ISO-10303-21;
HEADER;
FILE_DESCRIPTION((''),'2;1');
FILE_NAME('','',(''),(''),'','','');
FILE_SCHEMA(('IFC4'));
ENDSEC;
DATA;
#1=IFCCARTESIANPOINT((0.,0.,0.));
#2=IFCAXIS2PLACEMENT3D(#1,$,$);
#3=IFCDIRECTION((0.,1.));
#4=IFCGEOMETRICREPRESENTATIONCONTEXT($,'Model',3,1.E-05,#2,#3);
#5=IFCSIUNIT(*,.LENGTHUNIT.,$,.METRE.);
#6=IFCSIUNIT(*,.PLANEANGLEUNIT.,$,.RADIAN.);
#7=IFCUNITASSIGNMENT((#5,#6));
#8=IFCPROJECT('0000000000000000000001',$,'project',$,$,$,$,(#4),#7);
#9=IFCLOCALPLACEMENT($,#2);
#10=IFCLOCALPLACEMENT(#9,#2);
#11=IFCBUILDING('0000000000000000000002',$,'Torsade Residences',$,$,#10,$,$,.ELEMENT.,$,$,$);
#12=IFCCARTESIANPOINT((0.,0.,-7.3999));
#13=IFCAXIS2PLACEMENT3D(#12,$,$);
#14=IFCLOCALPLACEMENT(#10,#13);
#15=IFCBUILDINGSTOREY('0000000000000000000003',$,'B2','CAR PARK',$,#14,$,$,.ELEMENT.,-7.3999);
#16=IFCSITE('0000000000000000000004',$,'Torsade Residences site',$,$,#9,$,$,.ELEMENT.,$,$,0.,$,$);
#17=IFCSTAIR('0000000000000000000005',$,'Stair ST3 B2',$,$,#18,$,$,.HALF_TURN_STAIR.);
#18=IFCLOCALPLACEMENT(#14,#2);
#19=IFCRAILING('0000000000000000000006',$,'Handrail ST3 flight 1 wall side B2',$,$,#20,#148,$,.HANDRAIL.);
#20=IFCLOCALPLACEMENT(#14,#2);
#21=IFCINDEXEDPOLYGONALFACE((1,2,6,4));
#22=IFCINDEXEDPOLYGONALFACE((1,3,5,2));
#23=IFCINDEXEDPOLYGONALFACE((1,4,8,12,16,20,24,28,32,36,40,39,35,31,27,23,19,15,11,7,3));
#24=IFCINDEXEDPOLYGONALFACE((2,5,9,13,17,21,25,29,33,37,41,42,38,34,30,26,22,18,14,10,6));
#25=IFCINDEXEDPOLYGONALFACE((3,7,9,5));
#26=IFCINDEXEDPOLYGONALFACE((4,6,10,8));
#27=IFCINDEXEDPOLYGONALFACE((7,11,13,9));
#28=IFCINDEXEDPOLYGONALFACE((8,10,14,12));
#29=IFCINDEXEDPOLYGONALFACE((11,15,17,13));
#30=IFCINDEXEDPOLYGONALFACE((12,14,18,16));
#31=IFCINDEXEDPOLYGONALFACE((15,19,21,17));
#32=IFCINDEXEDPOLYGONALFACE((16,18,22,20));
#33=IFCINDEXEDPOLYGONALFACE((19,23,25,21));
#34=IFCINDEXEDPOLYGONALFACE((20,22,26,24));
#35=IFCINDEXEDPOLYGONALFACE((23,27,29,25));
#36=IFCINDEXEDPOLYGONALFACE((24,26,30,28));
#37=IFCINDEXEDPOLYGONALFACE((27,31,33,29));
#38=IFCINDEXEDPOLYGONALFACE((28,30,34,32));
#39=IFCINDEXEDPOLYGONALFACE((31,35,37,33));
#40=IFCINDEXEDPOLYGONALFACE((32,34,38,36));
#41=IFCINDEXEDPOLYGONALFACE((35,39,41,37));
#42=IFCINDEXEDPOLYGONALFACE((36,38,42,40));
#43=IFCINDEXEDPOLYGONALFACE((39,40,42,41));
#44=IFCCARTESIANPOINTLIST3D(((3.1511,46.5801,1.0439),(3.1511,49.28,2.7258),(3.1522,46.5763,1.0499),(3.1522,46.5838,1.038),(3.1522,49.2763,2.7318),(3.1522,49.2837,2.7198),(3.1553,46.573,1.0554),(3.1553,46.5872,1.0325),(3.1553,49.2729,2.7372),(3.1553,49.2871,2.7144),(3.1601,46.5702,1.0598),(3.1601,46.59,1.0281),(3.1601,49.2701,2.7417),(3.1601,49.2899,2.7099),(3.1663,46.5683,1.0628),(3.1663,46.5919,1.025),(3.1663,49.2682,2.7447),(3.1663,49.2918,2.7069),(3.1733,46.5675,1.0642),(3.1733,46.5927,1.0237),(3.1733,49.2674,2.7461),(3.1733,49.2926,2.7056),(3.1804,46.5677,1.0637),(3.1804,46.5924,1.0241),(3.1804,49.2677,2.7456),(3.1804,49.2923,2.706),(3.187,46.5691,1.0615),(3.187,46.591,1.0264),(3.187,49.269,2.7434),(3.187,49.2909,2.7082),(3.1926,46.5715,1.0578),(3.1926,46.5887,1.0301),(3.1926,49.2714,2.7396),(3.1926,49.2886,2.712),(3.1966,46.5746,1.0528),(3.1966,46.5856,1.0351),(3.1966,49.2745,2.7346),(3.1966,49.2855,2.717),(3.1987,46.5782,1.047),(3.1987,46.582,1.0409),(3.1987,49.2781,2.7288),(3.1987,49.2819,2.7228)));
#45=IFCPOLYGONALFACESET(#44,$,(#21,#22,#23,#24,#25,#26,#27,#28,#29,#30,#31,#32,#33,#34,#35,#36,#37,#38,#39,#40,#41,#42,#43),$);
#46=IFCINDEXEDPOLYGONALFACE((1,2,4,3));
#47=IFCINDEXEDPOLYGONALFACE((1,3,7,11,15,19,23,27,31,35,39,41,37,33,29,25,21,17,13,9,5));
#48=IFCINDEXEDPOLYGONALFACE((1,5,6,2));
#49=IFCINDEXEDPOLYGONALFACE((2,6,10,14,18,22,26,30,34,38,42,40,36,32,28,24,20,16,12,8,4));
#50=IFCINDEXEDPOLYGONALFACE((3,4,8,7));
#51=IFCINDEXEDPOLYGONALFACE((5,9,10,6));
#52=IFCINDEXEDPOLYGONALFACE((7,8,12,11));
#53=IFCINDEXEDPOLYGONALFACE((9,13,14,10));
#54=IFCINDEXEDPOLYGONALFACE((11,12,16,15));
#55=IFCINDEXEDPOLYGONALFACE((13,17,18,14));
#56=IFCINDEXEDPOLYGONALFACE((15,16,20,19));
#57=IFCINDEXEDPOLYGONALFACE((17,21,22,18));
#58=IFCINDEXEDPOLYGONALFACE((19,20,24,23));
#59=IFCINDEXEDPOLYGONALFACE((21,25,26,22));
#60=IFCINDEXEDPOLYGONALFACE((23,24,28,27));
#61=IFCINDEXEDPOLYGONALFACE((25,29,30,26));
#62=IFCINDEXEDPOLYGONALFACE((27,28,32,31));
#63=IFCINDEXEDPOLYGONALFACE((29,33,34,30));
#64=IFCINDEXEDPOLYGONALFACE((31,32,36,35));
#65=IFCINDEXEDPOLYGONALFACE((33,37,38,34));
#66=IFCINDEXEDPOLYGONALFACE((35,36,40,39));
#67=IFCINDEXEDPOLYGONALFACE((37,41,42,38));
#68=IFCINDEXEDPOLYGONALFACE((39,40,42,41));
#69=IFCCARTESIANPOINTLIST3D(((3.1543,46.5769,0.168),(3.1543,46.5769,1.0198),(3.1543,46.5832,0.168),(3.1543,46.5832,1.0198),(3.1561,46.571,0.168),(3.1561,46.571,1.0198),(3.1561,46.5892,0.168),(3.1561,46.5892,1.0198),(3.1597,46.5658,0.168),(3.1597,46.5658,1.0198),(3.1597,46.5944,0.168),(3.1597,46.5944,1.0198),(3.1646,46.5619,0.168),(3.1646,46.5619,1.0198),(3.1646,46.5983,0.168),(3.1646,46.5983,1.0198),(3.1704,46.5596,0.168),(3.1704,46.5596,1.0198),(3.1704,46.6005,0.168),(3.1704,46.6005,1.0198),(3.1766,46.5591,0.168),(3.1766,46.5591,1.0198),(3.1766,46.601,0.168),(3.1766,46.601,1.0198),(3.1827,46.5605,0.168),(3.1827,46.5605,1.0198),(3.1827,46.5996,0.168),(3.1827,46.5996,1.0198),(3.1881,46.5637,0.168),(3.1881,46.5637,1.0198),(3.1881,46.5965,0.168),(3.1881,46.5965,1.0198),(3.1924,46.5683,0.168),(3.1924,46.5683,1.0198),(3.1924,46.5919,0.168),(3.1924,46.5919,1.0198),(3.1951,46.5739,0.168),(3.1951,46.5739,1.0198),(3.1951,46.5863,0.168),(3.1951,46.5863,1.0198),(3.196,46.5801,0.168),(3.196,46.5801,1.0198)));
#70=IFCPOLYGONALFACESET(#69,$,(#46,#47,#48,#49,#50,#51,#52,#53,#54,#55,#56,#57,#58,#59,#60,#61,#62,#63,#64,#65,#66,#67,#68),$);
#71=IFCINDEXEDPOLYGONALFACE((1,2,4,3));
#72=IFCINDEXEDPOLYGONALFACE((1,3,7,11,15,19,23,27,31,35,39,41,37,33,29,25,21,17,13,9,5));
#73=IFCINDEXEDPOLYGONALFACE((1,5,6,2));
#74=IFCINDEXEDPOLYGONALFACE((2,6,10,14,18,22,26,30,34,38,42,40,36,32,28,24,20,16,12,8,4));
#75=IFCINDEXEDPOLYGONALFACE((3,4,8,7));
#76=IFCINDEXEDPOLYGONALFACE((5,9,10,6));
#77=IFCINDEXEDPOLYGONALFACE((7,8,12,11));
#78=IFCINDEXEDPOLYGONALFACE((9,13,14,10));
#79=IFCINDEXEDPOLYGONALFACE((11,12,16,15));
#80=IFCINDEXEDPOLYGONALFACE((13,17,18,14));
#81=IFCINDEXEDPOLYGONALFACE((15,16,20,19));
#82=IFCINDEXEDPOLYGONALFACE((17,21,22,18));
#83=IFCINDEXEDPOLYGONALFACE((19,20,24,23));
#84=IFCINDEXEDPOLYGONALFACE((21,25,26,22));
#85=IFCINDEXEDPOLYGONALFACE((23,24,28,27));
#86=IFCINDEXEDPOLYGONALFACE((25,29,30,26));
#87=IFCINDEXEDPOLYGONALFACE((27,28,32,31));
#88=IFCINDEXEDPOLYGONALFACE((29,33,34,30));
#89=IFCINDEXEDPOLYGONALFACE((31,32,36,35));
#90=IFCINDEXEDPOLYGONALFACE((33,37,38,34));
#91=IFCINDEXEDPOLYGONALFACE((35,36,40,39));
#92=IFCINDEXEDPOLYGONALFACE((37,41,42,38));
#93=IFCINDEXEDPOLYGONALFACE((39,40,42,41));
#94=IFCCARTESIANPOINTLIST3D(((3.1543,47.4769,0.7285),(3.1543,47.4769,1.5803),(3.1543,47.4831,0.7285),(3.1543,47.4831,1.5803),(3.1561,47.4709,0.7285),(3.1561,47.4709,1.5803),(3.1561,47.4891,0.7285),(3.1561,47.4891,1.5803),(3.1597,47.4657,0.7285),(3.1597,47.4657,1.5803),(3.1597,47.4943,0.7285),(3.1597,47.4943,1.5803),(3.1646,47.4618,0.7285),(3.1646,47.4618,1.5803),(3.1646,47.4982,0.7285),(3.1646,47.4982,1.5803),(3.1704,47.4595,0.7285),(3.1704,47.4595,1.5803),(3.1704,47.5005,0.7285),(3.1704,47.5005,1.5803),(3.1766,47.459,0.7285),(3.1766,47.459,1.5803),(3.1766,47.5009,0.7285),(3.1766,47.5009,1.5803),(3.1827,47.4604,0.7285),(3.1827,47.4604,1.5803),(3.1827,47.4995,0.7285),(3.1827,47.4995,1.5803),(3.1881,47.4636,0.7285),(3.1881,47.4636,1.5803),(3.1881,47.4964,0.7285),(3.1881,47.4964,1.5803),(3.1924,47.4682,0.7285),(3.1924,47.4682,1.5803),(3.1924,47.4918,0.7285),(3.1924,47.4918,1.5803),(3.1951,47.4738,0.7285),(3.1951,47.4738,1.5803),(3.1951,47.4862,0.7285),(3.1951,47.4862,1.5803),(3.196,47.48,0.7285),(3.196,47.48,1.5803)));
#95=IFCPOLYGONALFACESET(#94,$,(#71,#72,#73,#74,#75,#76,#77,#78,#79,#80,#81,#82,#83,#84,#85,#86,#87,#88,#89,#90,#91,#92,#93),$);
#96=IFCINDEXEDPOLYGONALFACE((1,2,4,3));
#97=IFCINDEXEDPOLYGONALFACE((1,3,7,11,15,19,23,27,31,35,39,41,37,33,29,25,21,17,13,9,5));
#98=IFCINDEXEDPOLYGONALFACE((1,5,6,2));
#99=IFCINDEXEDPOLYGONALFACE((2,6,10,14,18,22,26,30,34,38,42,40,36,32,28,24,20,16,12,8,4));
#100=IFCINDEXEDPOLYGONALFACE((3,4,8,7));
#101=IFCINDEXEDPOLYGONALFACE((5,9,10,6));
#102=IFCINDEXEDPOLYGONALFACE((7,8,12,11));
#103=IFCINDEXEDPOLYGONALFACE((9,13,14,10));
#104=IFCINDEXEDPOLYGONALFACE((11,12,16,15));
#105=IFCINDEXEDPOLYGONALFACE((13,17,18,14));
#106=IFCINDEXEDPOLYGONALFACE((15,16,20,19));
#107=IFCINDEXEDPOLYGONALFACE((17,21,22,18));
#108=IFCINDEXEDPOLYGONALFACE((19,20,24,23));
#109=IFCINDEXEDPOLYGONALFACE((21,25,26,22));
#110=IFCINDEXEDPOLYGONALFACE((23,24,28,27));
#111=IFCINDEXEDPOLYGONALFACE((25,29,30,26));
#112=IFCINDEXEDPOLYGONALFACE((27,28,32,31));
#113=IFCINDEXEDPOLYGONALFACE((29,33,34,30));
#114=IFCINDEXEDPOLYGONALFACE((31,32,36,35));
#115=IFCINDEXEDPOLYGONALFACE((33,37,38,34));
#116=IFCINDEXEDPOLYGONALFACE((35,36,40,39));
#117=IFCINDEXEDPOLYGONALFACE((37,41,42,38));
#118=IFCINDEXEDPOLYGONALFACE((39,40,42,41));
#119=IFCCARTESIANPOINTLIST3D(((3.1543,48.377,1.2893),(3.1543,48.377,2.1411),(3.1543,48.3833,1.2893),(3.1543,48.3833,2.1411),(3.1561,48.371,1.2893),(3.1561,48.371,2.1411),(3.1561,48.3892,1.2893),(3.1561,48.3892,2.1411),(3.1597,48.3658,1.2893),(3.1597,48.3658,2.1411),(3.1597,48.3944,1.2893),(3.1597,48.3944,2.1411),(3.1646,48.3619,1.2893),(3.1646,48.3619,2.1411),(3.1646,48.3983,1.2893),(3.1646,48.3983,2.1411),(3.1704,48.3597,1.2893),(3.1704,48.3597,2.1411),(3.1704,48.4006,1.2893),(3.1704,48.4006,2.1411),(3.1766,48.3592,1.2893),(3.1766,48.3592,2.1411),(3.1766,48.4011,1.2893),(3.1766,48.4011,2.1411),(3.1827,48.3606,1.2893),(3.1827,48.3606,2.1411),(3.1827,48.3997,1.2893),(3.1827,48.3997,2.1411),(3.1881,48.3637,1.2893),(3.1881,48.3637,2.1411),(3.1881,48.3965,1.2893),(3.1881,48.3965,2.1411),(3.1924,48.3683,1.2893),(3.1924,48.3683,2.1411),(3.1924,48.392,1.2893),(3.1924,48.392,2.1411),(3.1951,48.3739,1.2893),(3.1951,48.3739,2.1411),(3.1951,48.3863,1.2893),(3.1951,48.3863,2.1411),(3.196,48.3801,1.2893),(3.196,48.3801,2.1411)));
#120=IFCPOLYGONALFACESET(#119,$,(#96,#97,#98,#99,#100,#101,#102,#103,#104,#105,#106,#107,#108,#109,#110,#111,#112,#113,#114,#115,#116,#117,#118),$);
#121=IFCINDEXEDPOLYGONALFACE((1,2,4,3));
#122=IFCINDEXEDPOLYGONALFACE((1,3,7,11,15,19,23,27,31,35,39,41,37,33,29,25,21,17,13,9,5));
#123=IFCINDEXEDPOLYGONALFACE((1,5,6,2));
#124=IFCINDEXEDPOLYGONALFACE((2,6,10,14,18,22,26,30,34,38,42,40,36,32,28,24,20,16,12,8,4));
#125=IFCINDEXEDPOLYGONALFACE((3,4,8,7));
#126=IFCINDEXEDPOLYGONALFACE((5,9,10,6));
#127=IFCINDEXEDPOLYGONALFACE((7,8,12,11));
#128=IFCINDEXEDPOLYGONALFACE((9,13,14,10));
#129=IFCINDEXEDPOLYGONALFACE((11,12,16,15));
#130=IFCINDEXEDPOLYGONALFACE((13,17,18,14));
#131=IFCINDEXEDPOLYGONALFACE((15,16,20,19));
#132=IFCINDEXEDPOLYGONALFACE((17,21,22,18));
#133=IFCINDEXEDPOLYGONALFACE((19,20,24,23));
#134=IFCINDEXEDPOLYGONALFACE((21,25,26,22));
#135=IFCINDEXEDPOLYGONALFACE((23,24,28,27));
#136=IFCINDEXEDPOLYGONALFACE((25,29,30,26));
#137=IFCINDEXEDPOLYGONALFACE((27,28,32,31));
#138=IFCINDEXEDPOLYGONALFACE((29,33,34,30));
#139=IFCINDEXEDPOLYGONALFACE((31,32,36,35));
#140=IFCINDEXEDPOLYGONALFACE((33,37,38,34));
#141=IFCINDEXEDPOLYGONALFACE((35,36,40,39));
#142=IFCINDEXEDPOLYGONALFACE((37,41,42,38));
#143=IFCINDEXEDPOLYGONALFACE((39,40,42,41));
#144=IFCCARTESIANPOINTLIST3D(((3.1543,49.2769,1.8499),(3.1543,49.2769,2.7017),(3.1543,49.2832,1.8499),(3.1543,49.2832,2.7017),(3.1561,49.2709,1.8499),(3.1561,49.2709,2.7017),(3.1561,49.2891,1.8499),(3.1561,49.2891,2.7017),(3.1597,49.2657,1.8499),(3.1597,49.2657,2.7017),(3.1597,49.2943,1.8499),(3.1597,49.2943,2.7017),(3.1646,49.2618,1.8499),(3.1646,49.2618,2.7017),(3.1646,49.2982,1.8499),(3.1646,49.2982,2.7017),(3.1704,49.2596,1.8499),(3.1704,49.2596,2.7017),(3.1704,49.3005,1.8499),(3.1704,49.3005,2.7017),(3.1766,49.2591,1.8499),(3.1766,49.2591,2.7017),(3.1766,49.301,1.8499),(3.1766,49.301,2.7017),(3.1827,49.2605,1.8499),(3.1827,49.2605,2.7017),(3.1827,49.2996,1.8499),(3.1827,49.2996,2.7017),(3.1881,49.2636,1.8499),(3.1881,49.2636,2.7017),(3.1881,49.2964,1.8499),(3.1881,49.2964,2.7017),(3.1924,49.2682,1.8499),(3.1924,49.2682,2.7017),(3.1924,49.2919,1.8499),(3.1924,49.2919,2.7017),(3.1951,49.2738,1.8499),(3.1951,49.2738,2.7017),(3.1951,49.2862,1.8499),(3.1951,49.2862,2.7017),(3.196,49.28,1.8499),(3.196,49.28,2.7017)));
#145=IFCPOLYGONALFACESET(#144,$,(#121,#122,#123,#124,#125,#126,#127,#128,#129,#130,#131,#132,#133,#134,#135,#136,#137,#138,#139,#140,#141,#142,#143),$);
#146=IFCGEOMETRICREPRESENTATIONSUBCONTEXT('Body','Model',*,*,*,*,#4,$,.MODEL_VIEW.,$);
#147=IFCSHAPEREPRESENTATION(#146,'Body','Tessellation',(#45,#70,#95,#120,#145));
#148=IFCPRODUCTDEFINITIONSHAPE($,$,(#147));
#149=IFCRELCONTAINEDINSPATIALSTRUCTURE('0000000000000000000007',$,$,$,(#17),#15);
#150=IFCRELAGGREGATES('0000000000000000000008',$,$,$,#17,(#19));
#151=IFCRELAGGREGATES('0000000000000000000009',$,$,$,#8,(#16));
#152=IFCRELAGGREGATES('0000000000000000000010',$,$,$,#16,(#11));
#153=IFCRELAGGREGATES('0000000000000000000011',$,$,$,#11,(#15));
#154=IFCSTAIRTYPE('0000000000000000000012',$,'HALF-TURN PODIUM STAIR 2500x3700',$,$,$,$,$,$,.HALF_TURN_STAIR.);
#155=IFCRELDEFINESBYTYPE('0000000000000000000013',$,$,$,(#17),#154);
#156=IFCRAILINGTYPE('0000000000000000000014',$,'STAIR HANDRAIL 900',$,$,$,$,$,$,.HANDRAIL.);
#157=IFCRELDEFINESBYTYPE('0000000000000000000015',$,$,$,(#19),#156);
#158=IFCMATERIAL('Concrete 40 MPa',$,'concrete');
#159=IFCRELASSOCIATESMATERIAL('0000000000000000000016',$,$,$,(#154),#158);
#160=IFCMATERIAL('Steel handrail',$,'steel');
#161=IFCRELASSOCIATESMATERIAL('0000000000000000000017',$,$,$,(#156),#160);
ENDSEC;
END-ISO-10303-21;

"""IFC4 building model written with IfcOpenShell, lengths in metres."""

from ifc_helpers import new_model, si_unit, direction, frame, origin, origin_2d, place, context, subcontext, project, spatial, circle, extrude, material, type_object, element, aggregate, save


model = new_model("IFC4")

# Units and contexts
model_context = context("Model", 3, precision=1e-05, world=origin(), true_north=direction((0.0, 1.0)))
body_context = subcontext(model_context, "Body", "Model", "MODEL_VIEW")
ifc_project = project(units=[si_unit("LENGTHUNIT", "METRE"), si_unit("PLANEANGLEUNIT", "RADIAN")], contexts=[model_context])

# Site, building, storey
site_placement = place(None, origin())
site = spatial("IfcSite", under=ifc_project, at=site_placement, Name="Torsade Residences site", CompositionType="ELEMENT", RefElevation=0.0)
building_placement = place(site_placement, origin())
building = spatial("IfcBuilding", under=site, at=building_placement, Name="Torsade Residences", CompositionType="ELEMENT")
storey_placement = place(building_placement, frame((0.0, 0.0, -7.3999)))
storey = spatial("IfcBuildingStorey", under=building, at=storey_placement, Name="B2", Description="CAR PARK", CompositionType="ELEMENT", Elevation=-7.3999)

# Stair, railing
ifc_material_1 = material(Name="Concrete 40 MPa", Category="concrete")
stair_type = type_object("IfcStairType", Name="HALF-TURN PODIUM STAIR 2500x3700", PredefinedType="HALF_TURN_STAIR", material=ifc_material_1)
stair_placement = place(storey_placement, origin())
stair = element("IfcStair", 1, at=stair_placement, inside=storey, type_object=stair_type, Name="Stair ST3 B2", PredefinedType="HALF_TURN_STAIR")
ifc_material_2 = material(Name="Steel handrail", Category="steel")
railing_type = type_object("IfcRailingType", Name="STAIR HANDRAIL 900", PredefinedType="HANDRAIL", material=ifc_material_2)
railing_1_placement = place(storey_placement, frame((3.175, 46.5801, 0.168)))
railing_1 = element("IfcRailing", 2, at=railing_1_placement, type_object=railing_type, Name="Handrail ST3 flight 1 wall side B2", PredefinedType="HANDRAIL", context=body_context, shape_type="SweptSolid", body=[
    extrude(circle(Radius=0.0239, at=origin_2d()), frame((0.0, 0.0, 0.876), z_axis=(0.0, 0.848786, 0.528736), x_axis=(-1.0, 0.0, 0.0)), (0.0, 0.0, 1.0), 3.1809),
    extrude(circle(Radius=0.021, at=origin_2d()), origin(), (0.0, 0.0, 1.0), 0.8518),
    extrude(circle(Radius=0.021, at=origin_2d()), frame((0.0, 0.8999, 0.5605)), (0.0, 0.0, 1.0), 0.8518),
    extrude(circle(Radius=0.021, at=origin_2d()), frame((0.0, 1.8, 1.1213)), (0.0, 0.0, 1.0), 0.8518),
    extrude(circle(Radius=0.021, at=origin_2d()), frame((0.0, 2.7, 1.6819)), (0.0, 0.0, 1.0), 0.8518),
])
aggregate(stair, [railing_1])

save(model, "model.ifc")
